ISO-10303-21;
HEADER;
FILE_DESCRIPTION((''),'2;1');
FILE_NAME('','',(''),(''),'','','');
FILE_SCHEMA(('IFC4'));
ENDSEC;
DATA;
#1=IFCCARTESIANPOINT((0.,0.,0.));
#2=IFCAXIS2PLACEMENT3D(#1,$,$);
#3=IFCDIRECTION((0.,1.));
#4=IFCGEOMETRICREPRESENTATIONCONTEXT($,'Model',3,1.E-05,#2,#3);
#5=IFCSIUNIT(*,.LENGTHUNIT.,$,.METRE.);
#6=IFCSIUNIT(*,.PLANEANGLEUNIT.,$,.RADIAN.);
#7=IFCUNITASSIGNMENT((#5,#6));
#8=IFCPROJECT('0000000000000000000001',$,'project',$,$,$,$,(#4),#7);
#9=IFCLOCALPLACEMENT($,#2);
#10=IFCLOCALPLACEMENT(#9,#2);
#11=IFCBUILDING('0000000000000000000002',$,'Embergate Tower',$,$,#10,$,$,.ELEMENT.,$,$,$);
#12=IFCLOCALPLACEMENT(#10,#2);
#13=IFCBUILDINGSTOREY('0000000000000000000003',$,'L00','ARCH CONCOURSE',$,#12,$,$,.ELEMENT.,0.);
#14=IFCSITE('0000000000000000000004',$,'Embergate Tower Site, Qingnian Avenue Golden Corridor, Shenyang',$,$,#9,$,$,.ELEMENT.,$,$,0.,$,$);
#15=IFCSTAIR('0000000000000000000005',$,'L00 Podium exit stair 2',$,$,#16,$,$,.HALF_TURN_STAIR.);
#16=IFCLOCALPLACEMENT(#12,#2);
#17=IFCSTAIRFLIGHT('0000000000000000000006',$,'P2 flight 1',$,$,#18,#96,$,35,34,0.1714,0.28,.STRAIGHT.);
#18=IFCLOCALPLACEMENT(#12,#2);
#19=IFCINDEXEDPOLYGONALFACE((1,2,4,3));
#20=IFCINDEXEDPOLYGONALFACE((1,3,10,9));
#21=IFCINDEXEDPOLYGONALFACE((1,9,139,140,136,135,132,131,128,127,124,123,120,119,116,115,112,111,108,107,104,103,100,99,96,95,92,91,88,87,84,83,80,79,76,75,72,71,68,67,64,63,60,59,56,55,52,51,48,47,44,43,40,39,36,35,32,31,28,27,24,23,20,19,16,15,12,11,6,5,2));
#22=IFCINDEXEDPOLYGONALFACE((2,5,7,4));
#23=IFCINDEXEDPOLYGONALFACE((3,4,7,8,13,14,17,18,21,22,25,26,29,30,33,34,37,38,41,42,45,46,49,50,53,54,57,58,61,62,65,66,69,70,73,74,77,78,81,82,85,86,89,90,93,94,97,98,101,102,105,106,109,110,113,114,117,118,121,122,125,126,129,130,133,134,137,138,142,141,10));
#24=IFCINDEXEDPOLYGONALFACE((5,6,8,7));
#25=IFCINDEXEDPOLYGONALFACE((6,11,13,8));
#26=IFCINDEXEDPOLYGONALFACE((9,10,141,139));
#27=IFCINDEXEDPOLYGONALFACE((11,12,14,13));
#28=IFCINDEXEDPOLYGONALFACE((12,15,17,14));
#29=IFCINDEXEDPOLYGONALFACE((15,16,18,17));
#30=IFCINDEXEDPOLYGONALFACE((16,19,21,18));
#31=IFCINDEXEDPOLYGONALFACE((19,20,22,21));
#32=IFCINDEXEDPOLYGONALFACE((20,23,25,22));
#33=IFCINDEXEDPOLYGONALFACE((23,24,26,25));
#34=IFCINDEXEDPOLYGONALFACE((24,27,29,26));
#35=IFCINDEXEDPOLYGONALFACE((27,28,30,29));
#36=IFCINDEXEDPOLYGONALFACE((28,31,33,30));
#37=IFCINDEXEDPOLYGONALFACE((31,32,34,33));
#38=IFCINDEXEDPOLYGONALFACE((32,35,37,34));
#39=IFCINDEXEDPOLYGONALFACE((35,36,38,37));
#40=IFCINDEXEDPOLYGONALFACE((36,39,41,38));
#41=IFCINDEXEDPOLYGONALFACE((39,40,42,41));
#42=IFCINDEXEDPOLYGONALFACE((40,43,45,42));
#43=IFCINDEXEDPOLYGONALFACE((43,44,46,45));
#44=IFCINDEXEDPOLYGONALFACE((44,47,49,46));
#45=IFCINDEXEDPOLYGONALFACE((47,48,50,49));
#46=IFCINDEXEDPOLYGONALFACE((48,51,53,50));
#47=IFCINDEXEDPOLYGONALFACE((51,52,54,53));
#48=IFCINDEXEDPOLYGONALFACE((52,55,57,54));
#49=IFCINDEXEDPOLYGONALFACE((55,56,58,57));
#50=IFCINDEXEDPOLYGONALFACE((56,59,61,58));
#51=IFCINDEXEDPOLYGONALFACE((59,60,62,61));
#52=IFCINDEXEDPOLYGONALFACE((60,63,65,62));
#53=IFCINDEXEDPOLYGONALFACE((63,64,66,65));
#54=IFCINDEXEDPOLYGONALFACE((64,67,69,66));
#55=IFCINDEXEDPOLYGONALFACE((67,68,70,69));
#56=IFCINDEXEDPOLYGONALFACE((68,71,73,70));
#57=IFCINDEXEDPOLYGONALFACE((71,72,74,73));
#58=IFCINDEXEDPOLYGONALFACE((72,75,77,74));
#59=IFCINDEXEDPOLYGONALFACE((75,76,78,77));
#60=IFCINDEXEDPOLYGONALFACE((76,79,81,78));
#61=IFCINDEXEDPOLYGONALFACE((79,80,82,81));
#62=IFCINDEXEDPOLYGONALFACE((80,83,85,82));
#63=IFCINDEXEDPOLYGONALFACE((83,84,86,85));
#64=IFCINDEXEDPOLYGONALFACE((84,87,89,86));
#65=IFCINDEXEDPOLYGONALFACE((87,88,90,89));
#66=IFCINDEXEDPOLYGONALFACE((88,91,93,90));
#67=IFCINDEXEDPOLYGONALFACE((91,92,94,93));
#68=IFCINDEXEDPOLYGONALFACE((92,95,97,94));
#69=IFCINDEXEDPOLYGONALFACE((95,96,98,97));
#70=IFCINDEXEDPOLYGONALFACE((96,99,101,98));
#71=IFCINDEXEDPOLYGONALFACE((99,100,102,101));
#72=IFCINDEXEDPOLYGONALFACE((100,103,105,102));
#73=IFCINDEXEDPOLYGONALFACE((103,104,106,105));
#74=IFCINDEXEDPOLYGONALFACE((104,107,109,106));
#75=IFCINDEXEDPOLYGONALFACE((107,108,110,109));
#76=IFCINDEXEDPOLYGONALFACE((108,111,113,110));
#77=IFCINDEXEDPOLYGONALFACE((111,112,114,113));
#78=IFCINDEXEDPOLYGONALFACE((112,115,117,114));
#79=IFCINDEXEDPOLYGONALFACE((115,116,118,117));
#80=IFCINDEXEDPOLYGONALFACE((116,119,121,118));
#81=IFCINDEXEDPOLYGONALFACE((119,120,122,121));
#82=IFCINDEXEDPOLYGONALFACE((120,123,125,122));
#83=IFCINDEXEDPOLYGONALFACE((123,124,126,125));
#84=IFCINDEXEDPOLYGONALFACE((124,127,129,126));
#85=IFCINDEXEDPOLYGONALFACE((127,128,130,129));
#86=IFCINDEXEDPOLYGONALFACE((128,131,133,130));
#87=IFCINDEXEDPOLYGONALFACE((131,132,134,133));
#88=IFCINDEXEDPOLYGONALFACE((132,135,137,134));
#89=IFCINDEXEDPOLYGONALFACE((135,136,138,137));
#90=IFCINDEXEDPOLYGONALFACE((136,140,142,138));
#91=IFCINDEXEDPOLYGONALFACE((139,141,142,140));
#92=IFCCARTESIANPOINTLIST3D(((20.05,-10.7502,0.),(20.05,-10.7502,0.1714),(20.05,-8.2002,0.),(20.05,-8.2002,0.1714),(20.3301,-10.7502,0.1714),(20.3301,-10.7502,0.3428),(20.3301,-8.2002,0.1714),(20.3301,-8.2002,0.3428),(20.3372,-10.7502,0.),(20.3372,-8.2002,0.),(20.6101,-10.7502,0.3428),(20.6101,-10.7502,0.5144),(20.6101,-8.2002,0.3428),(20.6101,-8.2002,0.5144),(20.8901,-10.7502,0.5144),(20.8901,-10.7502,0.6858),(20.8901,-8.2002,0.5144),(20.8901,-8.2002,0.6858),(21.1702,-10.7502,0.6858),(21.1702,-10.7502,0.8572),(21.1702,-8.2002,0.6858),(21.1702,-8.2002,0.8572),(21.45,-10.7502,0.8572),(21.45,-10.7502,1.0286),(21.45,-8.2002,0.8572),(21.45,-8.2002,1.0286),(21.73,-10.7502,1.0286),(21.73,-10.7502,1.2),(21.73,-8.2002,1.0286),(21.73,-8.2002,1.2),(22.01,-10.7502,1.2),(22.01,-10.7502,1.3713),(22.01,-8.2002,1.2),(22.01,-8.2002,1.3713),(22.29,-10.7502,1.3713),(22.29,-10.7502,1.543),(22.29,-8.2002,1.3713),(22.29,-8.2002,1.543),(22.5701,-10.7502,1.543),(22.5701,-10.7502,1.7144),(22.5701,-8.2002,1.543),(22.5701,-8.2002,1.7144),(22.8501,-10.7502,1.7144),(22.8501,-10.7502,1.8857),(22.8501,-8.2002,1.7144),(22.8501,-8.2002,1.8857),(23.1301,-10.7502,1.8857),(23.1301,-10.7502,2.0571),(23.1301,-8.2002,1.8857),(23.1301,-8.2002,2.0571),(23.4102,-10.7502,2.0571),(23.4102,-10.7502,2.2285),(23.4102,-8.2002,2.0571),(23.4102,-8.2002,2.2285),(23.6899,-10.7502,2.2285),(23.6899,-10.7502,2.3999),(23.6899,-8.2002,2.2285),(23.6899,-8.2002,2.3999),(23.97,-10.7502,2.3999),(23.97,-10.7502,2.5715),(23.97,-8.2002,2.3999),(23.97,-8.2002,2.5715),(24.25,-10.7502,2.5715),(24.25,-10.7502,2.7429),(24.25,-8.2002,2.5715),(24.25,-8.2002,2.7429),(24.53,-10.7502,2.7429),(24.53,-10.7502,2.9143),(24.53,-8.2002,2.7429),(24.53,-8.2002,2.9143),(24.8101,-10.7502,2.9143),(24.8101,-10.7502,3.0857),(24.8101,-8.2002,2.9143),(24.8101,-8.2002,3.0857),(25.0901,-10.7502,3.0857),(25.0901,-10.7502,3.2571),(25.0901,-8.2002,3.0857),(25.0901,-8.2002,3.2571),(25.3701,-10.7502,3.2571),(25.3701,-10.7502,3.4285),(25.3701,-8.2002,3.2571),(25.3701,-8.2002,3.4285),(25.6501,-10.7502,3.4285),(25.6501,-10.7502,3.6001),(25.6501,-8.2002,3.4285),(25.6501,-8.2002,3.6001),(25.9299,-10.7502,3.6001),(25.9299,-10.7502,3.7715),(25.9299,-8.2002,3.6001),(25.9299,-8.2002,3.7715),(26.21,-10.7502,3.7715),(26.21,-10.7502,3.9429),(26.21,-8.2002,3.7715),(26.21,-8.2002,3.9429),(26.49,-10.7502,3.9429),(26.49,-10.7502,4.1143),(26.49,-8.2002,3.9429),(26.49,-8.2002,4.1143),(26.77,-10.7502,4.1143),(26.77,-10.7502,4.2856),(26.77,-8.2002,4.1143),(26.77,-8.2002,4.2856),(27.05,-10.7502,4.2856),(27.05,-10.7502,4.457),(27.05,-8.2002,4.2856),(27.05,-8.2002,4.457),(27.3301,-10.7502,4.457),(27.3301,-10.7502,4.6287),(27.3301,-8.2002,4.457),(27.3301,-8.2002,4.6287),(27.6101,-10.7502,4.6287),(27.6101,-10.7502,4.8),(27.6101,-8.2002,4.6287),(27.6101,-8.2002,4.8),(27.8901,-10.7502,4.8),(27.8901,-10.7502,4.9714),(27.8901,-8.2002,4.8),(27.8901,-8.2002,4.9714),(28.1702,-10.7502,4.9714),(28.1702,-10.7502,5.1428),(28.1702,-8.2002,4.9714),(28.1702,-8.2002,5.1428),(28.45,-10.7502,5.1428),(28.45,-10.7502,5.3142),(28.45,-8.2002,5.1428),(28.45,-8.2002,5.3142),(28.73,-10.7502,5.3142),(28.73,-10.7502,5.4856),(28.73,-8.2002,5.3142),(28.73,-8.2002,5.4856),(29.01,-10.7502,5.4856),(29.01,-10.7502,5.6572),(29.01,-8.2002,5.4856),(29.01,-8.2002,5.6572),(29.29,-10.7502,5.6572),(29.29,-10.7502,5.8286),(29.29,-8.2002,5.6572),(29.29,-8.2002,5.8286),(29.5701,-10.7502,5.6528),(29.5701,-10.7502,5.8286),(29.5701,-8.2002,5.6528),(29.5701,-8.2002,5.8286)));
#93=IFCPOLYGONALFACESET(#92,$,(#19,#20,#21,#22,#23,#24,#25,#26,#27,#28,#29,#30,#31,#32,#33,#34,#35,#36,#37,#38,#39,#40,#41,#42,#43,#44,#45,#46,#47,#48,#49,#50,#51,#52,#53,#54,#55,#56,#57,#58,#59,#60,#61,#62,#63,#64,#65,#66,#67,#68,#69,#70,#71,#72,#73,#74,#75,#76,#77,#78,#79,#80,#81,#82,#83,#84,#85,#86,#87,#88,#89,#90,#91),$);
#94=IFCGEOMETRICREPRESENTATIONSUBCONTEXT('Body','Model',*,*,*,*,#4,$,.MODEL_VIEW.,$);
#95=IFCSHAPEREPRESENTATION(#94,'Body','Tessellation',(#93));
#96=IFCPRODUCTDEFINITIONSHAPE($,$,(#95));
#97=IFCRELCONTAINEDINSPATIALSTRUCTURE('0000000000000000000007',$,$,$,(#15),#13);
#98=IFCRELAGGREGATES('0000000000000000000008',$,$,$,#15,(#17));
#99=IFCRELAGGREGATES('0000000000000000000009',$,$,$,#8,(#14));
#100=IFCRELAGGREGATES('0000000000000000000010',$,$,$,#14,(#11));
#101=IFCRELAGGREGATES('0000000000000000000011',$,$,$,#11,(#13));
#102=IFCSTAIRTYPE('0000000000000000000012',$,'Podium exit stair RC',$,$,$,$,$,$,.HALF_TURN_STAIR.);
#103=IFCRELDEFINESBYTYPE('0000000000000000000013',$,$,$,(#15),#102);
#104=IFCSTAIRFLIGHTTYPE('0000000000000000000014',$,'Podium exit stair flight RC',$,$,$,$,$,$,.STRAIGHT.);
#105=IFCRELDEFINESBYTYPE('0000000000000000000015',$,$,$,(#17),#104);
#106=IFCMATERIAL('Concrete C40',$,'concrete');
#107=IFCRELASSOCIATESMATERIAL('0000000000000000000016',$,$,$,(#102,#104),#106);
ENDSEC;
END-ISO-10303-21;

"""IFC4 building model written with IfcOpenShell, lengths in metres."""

from ifc_helpers import new_model, si_unit, direction, frame, origin, place, context, subcontext, project, spatial, polyline, outline, extrude, source, transform, mapped, material, type_object, element, aggregate, save


model = new_model("IFC4")

# Units and contexts
model_context = context("Model", 3, precision=1e-05, world=origin(), true_north=direction((0.0, 1.0)))
body_context = subcontext(model_context, "Body", "Model", "MODEL_VIEW")
ifc_project = project(units=[si_unit("LENGTHUNIT", "METRE"), si_unit("PLANEANGLEUNIT", "RADIAN")], contexts=[model_context])

# Site, building, storey
site_placement = place(None, origin())
site = spatial("IfcSite", under=ifc_project, at=site_placement, Name="Embergate Tower Site, Qingnian Avenue Golden Corridor, Shenyang", CompositionType="ELEMENT", RefElevation=0.0)
building_placement = place(site_placement, origin())
building = spatial("IfcBuilding", under=site, at=building_placement, Name="Embergate Tower", CompositionType="ELEMENT")
storey_placement = place(building_placement, origin())
storey = spatial("IfcBuildingStorey", under=building, at=storey_placement, Name="L00", Description="ARCH CONCOURSE", CompositionType="ELEMENT", Elevation=0.0)

# Shared definitions
ifc_material_1 = material(Name="Concrete C40", Category="concrete")

# Stair, stair flight
stair_type = type_object("IfcStairType", Name="Podium exit stair RC", PredefinedType="HALF_TURN_STAIR", material=ifc_material_1)
stair_placement = place(storey_placement, origin())
stair = element("IfcStair", 1, at=stair_placement, inside=storey, type_object=stair_type, Name="L00 Podium exit stair 2", PredefinedType="HALF_TURN_STAIR")
stair_flight_type = type_object("IfcStairFlightType", Name="Podium exit stair flight RC", PredefinedType="STRAIGHT", material=ifc_material_1)
shared_shape_1 = source(origin(), body_context, "Body", "SweptSolid", [
    extrude(outline(polyline([(0.0, 0.0), (0.0, 0.1714), (0.28, 0.1714), (0.28, 0.3428), (0.5601, 0.3428), (0.5601, 0.5144), (0.8401, 0.5144), (0.8401, 0.6858), (1.1201, 0.6858), (1.1201, 0.8572), (1.3999, 0.8572), (1.3999, 1.0286), (1.6799, 1.0286), (1.6799, 1.2), (1.96, 1.2), (1.96, 1.3713), (2.24, 1.3713), (2.24, 1.543), (2.52, 1.543), (2.52, 1.7144), (2.8, 1.7144), (2.8, 1.8857), (3.0801, 1.8857), (3.0801, 2.0571), (3.3601, 2.0571), (3.3601, 2.2285), (3.6399, 2.2285), (3.6399, 2.3999), (3.9199, 2.3999), (3.9199, 2.5715), (4.2, 2.5715), (4.2, 2.7429), (4.48, 2.7429), (4.48, 2.9143), (4.76, 2.9143), (4.76, 3.0857), (5.04, 3.0857), (5.04, 3.2571), (5.3201, 3.2571), (5.3201, 3.4285), (5.6001, 3.4285), (5.6001, 3.6001), (5.8799, 3.6001), (5.8799, 3.7715), (6.1599, 3.7715), (6.1599, 3.9429), (6.4399, 3.9429), (6.4399, 4.1143), (6.72, 4.1143), (6.72, 4.2856), (7.0, 4.2856), (7.0, 4.457), (7.28, 4.457), (7.28, 4.6287), (7.5601, 4.6287), (7.5601, 4.8), (7.8401, 4.8), (7.8401, 4.9714), (8.1201, 4.9714), (8.1201, 5.1428), (8.3999, 5.1428), (8.3999, 5.3142), (8.6799, 5.3142), (8.6799, 5.4856), (8.96, 5.4856), (8.96, 5.6572), (9.24, 5.6572), (9.24, 5.8286), (9.52, 5.8286), (9.52, 6.0), (9.52, 5.6528), (0.2871, 0.0), (0.0, 0.0)])), frame((0.0, 1.2749, 0.0), z_axis=(0.0, -1.0, 0.0), x_axis=(1.0, 0.0, 0.0)), (0.0, 0.0, 1.0), 2.55),
])
stair_flight_placement = place(storey_placement, frame((20.05, -9.4751, 0.0), z_axis=(0.0, 0.0, 1.0), x_axis=(1.0, 0.0, 0.0)))
stair_flight = element("IfcStairFlight", 2, at=stair_flight_placement, type_object=stair_flight_type, Name="P2 flight 1", NumberOfRisers=35, NumberOfTreads=34, PredefinedType="STRAIGHT", RiserHeight=0.1714, TreadLength=0.28, context=body_context, shape_type="MappedRepresentation", body=[
    mapped(shared_shape_1, transform((0.0, 0.0, 0.0))),
])
aggregate(stair, [stair_flight])

save(model, "model.ifc")
